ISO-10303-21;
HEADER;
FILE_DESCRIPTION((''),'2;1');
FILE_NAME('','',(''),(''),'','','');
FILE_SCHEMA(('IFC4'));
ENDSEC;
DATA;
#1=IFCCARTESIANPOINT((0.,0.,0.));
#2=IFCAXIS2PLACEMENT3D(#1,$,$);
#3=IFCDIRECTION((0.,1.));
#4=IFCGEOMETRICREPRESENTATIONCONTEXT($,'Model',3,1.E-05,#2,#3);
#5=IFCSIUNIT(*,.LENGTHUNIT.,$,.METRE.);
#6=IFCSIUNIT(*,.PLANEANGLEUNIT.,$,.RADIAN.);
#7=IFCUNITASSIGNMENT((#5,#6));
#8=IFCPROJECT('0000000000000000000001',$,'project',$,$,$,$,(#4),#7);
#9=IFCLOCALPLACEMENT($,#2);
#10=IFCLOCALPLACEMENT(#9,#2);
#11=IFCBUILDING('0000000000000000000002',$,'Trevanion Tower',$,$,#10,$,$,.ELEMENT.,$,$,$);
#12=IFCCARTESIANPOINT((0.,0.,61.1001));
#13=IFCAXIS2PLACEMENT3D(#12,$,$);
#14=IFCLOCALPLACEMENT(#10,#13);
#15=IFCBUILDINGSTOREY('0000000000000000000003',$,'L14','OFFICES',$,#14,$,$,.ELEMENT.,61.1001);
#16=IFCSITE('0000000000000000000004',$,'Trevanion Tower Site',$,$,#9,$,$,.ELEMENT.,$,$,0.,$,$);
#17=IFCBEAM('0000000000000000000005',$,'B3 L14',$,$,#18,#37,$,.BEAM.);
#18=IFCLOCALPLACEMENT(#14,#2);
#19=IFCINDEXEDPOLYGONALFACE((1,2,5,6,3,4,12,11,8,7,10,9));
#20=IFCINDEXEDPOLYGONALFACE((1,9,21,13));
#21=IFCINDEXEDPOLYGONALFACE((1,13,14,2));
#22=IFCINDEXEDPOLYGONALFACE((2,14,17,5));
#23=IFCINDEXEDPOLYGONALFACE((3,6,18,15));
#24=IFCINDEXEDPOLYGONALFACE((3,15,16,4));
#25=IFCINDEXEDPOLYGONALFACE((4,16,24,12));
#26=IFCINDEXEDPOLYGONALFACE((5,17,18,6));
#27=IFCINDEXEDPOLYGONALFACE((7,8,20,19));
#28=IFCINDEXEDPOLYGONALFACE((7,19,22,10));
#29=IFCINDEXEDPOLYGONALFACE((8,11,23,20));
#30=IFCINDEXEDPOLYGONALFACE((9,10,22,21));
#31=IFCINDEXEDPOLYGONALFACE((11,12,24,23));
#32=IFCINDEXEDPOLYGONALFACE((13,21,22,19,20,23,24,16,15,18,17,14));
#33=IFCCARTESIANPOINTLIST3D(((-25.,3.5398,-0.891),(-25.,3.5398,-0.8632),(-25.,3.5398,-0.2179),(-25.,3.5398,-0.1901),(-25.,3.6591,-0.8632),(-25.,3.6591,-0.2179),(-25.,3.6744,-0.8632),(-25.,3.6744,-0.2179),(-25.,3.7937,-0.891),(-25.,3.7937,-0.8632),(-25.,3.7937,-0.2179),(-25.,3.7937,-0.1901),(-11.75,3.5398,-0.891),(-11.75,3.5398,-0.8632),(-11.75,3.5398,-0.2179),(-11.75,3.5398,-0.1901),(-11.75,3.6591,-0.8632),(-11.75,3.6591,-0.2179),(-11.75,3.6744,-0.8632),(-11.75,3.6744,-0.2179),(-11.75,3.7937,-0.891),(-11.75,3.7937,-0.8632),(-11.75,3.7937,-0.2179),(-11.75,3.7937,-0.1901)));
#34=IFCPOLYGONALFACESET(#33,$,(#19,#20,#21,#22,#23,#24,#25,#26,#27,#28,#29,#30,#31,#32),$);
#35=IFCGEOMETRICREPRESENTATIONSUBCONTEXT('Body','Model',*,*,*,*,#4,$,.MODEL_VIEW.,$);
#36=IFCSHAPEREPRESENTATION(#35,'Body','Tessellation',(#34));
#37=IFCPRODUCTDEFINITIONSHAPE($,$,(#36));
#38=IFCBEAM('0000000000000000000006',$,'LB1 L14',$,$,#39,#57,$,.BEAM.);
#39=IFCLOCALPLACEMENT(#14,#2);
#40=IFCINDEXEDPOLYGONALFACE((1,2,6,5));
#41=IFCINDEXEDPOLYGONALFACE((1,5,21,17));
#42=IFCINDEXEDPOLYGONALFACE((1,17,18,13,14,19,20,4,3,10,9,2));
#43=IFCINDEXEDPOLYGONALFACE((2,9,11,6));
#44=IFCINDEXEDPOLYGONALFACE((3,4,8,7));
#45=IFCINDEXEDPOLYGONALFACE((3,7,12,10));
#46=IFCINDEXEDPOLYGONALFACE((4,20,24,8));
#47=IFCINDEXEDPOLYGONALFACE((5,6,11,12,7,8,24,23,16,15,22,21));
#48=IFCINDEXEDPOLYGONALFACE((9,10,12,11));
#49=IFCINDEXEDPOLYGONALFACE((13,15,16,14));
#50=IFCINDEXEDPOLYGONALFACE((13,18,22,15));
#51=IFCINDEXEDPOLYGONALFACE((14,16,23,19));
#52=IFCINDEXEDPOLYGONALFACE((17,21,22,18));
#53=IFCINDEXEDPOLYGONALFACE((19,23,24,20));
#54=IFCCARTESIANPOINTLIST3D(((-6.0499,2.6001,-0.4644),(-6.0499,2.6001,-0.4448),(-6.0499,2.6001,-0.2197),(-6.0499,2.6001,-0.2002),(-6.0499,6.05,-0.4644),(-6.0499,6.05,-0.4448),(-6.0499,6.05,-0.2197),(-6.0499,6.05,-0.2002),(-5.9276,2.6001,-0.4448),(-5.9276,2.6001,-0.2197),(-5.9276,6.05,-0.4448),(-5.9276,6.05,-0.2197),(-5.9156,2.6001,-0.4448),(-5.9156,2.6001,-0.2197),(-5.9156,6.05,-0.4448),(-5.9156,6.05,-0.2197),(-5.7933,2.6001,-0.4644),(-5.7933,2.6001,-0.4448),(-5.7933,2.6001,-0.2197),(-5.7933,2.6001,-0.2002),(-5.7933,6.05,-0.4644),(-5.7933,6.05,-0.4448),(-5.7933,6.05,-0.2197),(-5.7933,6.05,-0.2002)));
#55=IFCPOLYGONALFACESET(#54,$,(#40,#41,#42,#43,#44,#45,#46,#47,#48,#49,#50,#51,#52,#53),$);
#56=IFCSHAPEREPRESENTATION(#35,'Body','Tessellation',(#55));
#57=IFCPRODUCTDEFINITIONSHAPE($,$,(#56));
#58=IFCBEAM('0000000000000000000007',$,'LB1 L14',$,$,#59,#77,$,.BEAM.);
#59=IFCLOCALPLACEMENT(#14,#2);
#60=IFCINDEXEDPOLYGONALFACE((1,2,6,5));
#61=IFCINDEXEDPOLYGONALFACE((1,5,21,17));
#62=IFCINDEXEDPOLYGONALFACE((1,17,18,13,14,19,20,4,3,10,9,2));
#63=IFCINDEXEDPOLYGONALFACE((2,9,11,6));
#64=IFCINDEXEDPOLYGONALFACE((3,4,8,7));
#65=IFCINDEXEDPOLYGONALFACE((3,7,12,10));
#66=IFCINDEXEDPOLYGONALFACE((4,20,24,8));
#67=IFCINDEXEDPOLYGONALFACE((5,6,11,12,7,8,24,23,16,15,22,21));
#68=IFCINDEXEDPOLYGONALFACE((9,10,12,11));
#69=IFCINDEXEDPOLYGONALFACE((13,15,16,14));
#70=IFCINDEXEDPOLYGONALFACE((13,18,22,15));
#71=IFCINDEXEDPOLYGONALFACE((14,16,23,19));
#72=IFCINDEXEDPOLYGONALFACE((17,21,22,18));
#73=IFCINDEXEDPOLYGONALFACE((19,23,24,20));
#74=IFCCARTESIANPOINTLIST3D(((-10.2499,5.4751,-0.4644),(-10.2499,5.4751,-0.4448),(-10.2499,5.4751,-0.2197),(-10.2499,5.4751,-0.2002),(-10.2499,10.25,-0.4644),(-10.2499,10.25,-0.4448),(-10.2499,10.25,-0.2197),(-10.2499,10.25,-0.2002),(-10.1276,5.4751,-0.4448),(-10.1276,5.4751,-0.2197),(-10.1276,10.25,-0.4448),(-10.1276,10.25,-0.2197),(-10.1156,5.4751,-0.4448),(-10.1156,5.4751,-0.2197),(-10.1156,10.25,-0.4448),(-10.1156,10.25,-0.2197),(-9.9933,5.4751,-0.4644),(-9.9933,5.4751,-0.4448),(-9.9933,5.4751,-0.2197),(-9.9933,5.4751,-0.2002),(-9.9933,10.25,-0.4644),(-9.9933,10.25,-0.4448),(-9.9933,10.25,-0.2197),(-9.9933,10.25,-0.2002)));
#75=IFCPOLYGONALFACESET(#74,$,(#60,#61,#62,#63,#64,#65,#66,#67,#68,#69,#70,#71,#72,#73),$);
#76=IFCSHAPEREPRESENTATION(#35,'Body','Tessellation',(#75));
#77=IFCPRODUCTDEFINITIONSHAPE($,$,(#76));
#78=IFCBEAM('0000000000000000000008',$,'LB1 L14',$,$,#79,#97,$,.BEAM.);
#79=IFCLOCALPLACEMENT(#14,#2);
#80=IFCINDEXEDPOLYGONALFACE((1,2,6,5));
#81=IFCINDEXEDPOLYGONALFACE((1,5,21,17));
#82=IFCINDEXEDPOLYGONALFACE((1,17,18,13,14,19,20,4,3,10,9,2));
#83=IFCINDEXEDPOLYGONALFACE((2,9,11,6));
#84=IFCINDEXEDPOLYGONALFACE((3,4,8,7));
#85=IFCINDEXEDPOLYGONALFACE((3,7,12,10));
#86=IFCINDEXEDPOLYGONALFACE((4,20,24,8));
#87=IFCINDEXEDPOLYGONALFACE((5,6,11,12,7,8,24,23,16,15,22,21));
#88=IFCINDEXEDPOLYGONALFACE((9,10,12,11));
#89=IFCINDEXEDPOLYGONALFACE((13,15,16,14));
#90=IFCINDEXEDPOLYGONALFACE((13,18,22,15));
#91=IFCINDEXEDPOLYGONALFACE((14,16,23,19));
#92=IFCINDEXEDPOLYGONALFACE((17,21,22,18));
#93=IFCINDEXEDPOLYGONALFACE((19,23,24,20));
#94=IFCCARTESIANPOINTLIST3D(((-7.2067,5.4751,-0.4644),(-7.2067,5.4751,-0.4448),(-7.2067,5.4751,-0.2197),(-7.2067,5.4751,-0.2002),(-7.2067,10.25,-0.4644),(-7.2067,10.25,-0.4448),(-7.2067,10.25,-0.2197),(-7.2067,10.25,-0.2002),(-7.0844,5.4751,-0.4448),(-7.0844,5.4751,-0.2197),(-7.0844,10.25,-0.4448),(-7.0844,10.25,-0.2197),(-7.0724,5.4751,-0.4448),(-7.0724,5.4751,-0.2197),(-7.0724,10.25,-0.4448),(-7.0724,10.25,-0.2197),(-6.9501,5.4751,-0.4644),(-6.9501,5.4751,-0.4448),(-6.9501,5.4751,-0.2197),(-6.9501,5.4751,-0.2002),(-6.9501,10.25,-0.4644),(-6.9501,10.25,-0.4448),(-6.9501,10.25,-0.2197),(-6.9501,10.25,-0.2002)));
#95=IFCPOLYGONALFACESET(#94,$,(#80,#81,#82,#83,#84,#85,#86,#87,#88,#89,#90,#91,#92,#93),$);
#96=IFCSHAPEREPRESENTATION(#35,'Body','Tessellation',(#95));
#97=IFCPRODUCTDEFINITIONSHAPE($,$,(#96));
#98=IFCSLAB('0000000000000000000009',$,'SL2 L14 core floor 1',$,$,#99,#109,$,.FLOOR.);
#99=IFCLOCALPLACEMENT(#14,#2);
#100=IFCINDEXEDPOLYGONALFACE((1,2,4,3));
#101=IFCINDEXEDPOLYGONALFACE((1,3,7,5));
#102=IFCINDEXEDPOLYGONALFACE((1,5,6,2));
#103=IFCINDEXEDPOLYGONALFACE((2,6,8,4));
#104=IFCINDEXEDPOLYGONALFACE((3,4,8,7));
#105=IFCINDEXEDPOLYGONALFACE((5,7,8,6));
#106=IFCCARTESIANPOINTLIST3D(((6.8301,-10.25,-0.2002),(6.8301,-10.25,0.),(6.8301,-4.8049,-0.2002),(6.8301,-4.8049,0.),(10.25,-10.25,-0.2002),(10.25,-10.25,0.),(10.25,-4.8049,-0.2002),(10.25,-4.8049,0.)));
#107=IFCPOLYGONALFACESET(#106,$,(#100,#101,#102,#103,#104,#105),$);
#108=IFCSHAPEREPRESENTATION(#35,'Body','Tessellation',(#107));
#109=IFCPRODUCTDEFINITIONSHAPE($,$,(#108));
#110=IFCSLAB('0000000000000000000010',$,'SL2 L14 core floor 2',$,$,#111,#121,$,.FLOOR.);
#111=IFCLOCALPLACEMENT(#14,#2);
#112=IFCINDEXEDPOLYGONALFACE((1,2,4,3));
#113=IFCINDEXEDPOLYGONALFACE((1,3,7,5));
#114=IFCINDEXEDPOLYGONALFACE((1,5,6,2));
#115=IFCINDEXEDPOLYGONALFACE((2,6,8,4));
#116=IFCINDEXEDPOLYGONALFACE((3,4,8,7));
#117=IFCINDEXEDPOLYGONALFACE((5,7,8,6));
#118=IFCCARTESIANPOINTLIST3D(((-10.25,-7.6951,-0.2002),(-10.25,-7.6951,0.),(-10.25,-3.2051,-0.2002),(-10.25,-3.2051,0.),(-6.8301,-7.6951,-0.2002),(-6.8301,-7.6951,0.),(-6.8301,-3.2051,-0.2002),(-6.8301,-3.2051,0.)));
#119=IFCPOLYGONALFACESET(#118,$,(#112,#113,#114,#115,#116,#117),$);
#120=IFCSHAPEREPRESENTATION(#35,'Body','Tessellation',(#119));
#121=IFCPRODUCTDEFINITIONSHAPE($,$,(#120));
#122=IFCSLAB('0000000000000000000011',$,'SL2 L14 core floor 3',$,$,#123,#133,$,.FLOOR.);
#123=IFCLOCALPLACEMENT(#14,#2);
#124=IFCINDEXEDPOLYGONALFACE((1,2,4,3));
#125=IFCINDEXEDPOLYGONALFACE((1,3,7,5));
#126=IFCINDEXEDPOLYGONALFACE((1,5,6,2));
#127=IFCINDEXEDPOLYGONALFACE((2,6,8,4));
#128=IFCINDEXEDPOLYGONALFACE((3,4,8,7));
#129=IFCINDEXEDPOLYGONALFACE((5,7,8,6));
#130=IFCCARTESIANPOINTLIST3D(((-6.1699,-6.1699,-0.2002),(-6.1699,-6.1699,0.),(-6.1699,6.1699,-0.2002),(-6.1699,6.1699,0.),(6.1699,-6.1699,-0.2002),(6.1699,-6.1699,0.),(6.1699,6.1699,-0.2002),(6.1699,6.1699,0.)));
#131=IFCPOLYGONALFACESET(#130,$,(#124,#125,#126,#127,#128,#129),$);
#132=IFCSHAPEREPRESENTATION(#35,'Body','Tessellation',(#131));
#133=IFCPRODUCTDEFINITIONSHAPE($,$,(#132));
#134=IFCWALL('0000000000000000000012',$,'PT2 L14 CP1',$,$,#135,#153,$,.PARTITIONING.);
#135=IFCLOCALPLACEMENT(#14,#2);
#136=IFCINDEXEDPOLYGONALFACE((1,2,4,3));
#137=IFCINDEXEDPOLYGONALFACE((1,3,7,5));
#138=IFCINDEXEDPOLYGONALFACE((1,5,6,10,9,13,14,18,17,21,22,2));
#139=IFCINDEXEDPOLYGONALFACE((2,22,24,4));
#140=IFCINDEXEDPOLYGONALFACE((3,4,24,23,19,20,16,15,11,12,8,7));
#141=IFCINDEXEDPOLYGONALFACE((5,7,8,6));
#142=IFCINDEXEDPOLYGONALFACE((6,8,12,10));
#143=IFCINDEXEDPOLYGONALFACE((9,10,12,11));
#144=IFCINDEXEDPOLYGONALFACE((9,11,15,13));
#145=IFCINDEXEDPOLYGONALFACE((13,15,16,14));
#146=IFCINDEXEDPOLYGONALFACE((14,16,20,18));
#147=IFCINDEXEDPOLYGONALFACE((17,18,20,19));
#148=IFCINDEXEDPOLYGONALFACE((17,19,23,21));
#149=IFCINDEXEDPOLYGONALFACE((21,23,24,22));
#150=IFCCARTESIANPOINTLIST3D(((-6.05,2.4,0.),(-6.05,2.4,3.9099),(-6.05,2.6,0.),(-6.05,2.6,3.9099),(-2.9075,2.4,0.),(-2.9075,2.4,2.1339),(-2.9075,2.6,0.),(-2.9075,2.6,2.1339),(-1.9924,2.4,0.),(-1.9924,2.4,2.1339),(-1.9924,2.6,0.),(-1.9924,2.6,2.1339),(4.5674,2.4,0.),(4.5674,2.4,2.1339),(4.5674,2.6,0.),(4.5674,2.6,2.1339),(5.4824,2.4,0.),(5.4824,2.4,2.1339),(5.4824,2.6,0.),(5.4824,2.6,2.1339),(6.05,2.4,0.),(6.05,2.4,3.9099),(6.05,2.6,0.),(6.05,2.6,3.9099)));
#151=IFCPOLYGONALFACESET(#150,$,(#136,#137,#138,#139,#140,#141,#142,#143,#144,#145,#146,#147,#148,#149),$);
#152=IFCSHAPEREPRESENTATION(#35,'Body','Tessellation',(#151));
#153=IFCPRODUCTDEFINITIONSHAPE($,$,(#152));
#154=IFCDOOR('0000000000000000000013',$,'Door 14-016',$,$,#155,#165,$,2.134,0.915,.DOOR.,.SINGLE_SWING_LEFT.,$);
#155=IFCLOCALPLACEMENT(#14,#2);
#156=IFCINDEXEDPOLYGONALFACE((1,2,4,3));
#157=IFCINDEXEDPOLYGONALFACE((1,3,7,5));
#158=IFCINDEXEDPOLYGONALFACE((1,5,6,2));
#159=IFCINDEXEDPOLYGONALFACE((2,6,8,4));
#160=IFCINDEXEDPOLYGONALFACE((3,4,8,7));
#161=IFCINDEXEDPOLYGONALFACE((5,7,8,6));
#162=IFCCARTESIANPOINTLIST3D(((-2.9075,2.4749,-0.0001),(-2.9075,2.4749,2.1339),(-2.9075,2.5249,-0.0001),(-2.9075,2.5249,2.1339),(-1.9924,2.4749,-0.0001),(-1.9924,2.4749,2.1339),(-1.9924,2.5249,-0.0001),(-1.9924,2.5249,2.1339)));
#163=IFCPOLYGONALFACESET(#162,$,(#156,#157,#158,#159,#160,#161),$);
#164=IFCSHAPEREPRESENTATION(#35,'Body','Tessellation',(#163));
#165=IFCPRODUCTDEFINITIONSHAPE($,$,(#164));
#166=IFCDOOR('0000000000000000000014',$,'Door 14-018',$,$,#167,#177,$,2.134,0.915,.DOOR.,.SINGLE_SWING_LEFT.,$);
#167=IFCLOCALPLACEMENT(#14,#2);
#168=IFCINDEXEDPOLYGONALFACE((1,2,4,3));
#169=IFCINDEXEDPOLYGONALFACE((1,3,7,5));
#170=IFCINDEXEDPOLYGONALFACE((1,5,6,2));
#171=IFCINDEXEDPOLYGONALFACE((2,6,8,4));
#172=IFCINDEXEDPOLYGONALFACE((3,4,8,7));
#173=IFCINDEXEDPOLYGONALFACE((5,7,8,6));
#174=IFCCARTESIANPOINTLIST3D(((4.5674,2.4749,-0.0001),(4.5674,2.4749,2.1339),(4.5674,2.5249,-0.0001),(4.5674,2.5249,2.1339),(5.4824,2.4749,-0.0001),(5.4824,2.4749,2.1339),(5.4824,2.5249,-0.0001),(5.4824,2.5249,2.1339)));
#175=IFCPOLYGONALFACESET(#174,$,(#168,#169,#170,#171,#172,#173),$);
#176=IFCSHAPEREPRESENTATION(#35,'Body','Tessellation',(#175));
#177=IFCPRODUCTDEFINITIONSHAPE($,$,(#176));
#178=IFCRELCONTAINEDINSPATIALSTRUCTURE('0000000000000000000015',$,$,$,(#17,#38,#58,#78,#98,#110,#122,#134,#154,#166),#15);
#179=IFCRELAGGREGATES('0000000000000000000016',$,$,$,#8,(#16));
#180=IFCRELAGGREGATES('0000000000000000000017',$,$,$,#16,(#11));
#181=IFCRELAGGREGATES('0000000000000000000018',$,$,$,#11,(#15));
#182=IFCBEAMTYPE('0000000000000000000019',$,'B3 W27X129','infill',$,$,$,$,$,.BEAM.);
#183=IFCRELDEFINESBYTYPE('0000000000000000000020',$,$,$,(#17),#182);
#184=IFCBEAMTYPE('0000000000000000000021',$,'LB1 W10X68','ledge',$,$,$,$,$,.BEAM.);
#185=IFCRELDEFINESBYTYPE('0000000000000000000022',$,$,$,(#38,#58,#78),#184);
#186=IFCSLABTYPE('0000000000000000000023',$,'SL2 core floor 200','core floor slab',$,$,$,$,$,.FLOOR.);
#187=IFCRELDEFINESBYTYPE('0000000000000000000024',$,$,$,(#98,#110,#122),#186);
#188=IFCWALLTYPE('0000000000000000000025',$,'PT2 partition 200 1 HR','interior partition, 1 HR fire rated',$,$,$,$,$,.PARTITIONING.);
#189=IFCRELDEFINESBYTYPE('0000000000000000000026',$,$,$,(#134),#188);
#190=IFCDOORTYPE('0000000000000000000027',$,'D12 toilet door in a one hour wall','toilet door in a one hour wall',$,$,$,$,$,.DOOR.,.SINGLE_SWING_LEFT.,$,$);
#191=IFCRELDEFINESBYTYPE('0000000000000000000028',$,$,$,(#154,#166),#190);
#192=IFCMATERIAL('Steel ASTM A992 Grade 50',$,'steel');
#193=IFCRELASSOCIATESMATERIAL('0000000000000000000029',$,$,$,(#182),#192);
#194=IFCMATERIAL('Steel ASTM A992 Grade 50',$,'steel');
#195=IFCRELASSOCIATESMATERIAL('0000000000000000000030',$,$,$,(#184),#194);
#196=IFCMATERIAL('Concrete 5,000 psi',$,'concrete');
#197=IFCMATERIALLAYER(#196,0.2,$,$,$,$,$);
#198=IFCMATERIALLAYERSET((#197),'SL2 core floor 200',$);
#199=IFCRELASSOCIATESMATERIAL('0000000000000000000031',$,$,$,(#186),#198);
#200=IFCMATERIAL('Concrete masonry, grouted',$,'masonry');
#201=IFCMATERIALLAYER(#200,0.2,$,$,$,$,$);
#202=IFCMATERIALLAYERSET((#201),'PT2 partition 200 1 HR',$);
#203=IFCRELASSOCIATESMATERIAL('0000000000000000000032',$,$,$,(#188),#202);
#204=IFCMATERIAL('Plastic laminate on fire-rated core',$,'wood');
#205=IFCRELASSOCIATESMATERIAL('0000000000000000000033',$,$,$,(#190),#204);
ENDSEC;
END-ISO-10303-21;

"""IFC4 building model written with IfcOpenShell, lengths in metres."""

from ifc_helpers import new_model, si_unit, direction, frame, frame_2d, origin, origin_2d, place, context, subcontext, project, spatial, polyline, rectangle, i_section, outline, extrude, material, layer, layer_set, material_profile, profile_set, type_object, element, fill, save


model = new_model("IFC4")

# Units and contexts
model_context = context("Model", 3, precision=1e-05, world=origin(), true_north=direction((0.0, 1.0)))
body_context = subcontext(model_context, "Body", "Model", "MODEL_VIEW")
ifc_project = project(units=[si_unit("LENGTHUNIT", "METRE"), si_unit("PLANEANGLEUNIT", "RADIAN")], contexts=[model_context])

# Site, building, storey
site_placement = place(None, origin())
site = spatial("IfcSite", under=ifc_project, at=site_placement, Name="Trevanion Tower Site", CompositionType="ELEMENT", RefElevation=0.0)
building_placement = place(site_placement, origin())
building = spatial("IfcBuilding", under=site, at=building_placement, Name="Trevanion Tower", CompositionType="ELEMENT")
storey_placement = place(building_placement, frame((0.0, 0.0, 61.1001)))
storey = spatial("IfcBuildingStorey", under=building, at=storey_placement, Name="L14", Description="OFFICES", CompositionType="ELEMENT", Elevation=61.1001)

# Beams
ifc_material_1 = material(Name="Steel ASTM A992 Grade 50", Category="steel")
ifc_material_profile_1 = material_profile(ifc_material_1, i_section(OverallWidth=0.2539, OverallDepth=0.7009, WebThickness=0.0154, FlangeThickness=0.0278, at=origin_2d()), Name="W27X129")
ifc_profile_set_1 = profile_set([ifc_material_profile_1], Name="Steel ASTM A992 Grade 50")
beam_type_1 = type_object("IfcBeamType", Name="B3 W27X129", Description="infill", PredefinedType="BEAM", material=ifc_profile_set_1)
beam_1_placement = place(storey_placement, frame((-11.75, 3.6667, -0.5405), z_axis=(-1.0, 0.0, 0.0), x_axis=(0.0, -1.0, 0.0)))
element("IfcBeam", 1, at=beam_1_placement, inside=storey, type_object=beam_type_1, Name="B3 L14", PredefinedType="BEAM", context=body_context, shape_type="SweptSolid", body=[
    extrude(i_section(OverallWidth=0.2539, OverallDepth=0.7009, WebThickness=0.0154, FlangeThickness=0.0278, at=origin_2d()), origin(), (0.0, 0.0, 1.0), 13.25),
])
ifc_material_2 = material(Name="Steel ASTM A992 Grade 50", Category="steel")
ifc_material_profile_2 = material_profile(ifc_material_2, i_section(OverallWidth=0.2566, OverallDepth=0.2642, WebThickness=0.012, FlangeThickness=0.0195, at=origin_2d()), Name="W10X68")
ifc_profile_set_2 = profile_set([ifc_material_profile_2], Name="Steel ASTM A992 Grade 50")
beam_type_2 = type_object("IfcBeamType", Name="LB1 W10X68", Description="ledge", PredefinedType="BEAM", material=ifc_profile_set_2)
beam_2_placement = place(storey_placement, frame((-5.9216, 2.6001, -0.3323), z_axis=(0.0, 1.0, 0.0), x_axis=(-1.0, 0.0, 0.0)))
element("IfcBeam", 2, at=beam_2_placement, inside=storey, type_object=beam_type_2, Name="LB1 L14", PredefinedType="BEAM", context=body_context, shape_type="SweptSolid", body=[
    extrude(i_section(OverallWidth=0.2566, OverallDepth=0.2642, WebThickness=0.012, FlangeThickness=0.0195, at=origin_2d()), origin(), (0.0, 0.0, 1.0), 3.45),
])
for number, where, z_axis, x_axis, name in (
    (3, (-10.1216, 5.4751, -0.3323), (0.0, 1.0, 0.0), (-1.0, 0.0, 0.0), "LB1 L14"),
    (4, (-7.0784, 5.4751, -0.3323), (0.0, 1.0, 0.0), (-1.0, 0.0, 0.0), "LB1 L14"),
):
    element("IfcBeam", number, at=place(storey_placement, frame(where, z_axis=z_axis, x_axis=x_axis)), inside=storey, type_object=beam_type_2, Name=name, PredefinedType="BEAM", context=body_context, shape_type="SweptSolid", body=[
        extrude(i_section(OverallWidth=0.2566, OverallDepth=0.2642, WebThickness=0.012, FlangeThickness=0.0195, at=origin_2d()), origin(), (0.0, 0.0, 1.0), 4.7749),
    ])

# Slabs
ifc_material_3 = material(Name="Concrete 5,000 psi", Category="concrete")
ifc_layer_1 = layer(ifc_material_3, 0.2)
ifc_layer_set_1 = layer_set([ifc_layer_1], Name="SL2 core floor 200")
slab_type = type_object("IfcSlabType", Name="SL2 core floor 200", Description="core floor slab", PredefinedType="FLOOR", material=ifc_layer_set_1)
slab_1_placement = place(storey_placement, frame((0.0, 0.0, -0.2002)))
element("IfcSlab", 5, at=slab_1_placement, inside=storey, type_object=slab_type, Name="SL2 L14 core floor 1", PredefinedType="FLOOR", context=body_context, shape_type="SweptSolid", body=[
    extrude(outline(polyline([(10.25, -4.8049), (10.25, -10.25), (6.8301, -10.25), (6.8301, -4.8049), (10.25, -4.8049)])), origin(), (0.0, 0.0, 1.0), 0.2002),
])
slab_2_placement = place(storey_placement, frame((0.0, 0.0, -0.2002)))
element("IfcSlab", 6, at=slab_2_placement, inside=storey, type_object=slab_type, Name="SL2 L14 core floor 2", PredefinedType="FLOOR", context=body_context, shape_type="SweptSolid", body=[
    extrude(outline(polyline([(-6.8301, -3.2051), (-6.8301, -7.6951), (-10.25, -7.6951), (-10.25, -3.2051), (-6.8301, -3.2051)])), origin(), (0.0, 0.0, 1.0), 0.2002),
])
slab_3_placement = place(storey_placement, frame((0.0, 0.0, -0.2002)))
element("IfcSlab", 7, at=slab_3_placement, inside=storey, type_object=slab_type, Name="SL2 L14 core floor 3", PredefinedType="FLOOR", context=body_context, shape_type="SweptSolid", body=[
    extrude(outline(polyline([(6.1699, -6.1699), (-6.1699, -6.1699), (-6.1699, 6.1699), (6.1699, 6.1699), (6.1699, -6.1699)])), origin(), (0.0, 0.0, 1.0), 0.2002),
])

# Wall, openings, doors
ifc_material_4 = material(Name="Concrete masonry, grouted", Category="masonry")
ifc_layer_2 = layer(ifc_material_4, 0.2)
ifc_layer_set_2 = layer_set([ifc_layer_2], Name="PT2 partition 200 1 HR")
wall_type_1 = type_object("IfcWallType", Name="PT2 partition 200 1 HR", Description="interior partition, 1 HR fire rated", PredefinedType="PARTITIONING", material=ifc_layer_set_2)
wall_1_placement = place(storey_placement, frame((-6.05, 2.5, 0.0), z_axis=(0.0, 0.0, 1.0), x_axis=(1.0, 0.0, 0.0)))
wall_1 = element("IfcWall", 8, at=wall_1_placement, inside=storey, type_object=wall_type_1, Name="PT2 L14 CP1", PredefinedType="PARTITIONING", context=body_context, shape_type="SweptSolid", body=[
    extrude(rectangle(XDim=12.1001, YDim=0.2, at=frame_2d((6.05, 0.0))), origin(), (0.0, 0.0, 1.0), 3.9099),
])
opening_1_placement = place(wall_1_placement, frame((3.1426, 0.0, 0.0)))
opening_1 = element("IfcOpeningElement", 9, at=opening_1_placement, cuts=wall_1, PredefinedType="OPENING", context=body_context, shape_type="SweptSolid", body=[
    extrude(rectangle(XDim=0.915, YDim=2.134, at=frame_2d((0.4575, 1.0669))), frame((0.0, 0.1099, 0.0), z_axis=(0.0, -1.0, 0.0), x_axis=(1.0, 0.0, 0.0)), (0.0, 0.0, 1.0), 0.22),
])
opening_2_placement = place(wall_1_placement, frame((10.6174, 0.0, 0.0)))
opening_2 = element("IfcOpeningElement", 10, at=opening_2_placement, cuts=wall_1, PredefinedType="OPENING", context=body_context, shape_type="SweptSolid", body=[
    extrude(rectangle(XDim=0.915, YDim=2.134, at=frame_2d((0.4575, 1.0669))), frame((0.0, 0.1099, 0.0), z_axis=(0.0, -1.0, 0.0), x_axis=(1.0, 0.0, 0.0)), (0.0, 0.0, 1.0), 0.22),
])
ifc_material_5 = material(Name="Plastic laminate on fire-rated core", Category="wood")
door_type = type_object("IfcDoorType", Name="D12 toilet door in a one hour wall", Description="toilet door in a one hour wall", OperationType="SINGLE_SWING_LEFT", PredefinedType="DOOR", material=ifc_material_5)
door_1_placement = place(opening_1_placement, origin())
door_1 = element("IfcDoor", 11, at=door_1_placement, inside=storey, type_object=door_type, Name="Door 14-016", OperationType="SINGLE_SWING_LEFT", OverallHeight=2.134, OverallWidth=0.915, PredefinedType="DOOR", context=body_context, shape_type="SweptSolid", body=[
    extrude(rectangle(XDim=0.915, YDim=2.134, at=frame_2d((0.4575, 1.0669))), frame((0.0, 0.0249, 0.0), z_axis=(0.0, -1.0, 0.0), x_axis=(1.0, 0.0, 0.0)), (0.0, 0.0, 1.0), 0.05),
])
fill(opening_1, door_1)
door_2_placement = place(opening_2_placement, origin())
door_2 = element("IfcDoor", 12, at=door_2_placement, inside=storey, type_object=door_type, Name="Door 14-018", OperationType="SINGLE_SWING_LEFT", OverallHeight=2.134, OverallWidth=0.915, PredefinedType="DOOR", context=body_context, shape_type="SweptSolid", body=[
    extrude(rectangle(XDim=0.915, YDim=2.134, at=frame_2d((0.4575, 1.0669))), frame((0.0, 0.0249, 0.0), z_axis=(0.0, -1.0, 0.0), x_axis=(1.0, 0.0, 0.0)), (0.0, 0.0, 1.0), 0.05),
])
fill(opening_2, door_2)

save(model, "model.ifc")
